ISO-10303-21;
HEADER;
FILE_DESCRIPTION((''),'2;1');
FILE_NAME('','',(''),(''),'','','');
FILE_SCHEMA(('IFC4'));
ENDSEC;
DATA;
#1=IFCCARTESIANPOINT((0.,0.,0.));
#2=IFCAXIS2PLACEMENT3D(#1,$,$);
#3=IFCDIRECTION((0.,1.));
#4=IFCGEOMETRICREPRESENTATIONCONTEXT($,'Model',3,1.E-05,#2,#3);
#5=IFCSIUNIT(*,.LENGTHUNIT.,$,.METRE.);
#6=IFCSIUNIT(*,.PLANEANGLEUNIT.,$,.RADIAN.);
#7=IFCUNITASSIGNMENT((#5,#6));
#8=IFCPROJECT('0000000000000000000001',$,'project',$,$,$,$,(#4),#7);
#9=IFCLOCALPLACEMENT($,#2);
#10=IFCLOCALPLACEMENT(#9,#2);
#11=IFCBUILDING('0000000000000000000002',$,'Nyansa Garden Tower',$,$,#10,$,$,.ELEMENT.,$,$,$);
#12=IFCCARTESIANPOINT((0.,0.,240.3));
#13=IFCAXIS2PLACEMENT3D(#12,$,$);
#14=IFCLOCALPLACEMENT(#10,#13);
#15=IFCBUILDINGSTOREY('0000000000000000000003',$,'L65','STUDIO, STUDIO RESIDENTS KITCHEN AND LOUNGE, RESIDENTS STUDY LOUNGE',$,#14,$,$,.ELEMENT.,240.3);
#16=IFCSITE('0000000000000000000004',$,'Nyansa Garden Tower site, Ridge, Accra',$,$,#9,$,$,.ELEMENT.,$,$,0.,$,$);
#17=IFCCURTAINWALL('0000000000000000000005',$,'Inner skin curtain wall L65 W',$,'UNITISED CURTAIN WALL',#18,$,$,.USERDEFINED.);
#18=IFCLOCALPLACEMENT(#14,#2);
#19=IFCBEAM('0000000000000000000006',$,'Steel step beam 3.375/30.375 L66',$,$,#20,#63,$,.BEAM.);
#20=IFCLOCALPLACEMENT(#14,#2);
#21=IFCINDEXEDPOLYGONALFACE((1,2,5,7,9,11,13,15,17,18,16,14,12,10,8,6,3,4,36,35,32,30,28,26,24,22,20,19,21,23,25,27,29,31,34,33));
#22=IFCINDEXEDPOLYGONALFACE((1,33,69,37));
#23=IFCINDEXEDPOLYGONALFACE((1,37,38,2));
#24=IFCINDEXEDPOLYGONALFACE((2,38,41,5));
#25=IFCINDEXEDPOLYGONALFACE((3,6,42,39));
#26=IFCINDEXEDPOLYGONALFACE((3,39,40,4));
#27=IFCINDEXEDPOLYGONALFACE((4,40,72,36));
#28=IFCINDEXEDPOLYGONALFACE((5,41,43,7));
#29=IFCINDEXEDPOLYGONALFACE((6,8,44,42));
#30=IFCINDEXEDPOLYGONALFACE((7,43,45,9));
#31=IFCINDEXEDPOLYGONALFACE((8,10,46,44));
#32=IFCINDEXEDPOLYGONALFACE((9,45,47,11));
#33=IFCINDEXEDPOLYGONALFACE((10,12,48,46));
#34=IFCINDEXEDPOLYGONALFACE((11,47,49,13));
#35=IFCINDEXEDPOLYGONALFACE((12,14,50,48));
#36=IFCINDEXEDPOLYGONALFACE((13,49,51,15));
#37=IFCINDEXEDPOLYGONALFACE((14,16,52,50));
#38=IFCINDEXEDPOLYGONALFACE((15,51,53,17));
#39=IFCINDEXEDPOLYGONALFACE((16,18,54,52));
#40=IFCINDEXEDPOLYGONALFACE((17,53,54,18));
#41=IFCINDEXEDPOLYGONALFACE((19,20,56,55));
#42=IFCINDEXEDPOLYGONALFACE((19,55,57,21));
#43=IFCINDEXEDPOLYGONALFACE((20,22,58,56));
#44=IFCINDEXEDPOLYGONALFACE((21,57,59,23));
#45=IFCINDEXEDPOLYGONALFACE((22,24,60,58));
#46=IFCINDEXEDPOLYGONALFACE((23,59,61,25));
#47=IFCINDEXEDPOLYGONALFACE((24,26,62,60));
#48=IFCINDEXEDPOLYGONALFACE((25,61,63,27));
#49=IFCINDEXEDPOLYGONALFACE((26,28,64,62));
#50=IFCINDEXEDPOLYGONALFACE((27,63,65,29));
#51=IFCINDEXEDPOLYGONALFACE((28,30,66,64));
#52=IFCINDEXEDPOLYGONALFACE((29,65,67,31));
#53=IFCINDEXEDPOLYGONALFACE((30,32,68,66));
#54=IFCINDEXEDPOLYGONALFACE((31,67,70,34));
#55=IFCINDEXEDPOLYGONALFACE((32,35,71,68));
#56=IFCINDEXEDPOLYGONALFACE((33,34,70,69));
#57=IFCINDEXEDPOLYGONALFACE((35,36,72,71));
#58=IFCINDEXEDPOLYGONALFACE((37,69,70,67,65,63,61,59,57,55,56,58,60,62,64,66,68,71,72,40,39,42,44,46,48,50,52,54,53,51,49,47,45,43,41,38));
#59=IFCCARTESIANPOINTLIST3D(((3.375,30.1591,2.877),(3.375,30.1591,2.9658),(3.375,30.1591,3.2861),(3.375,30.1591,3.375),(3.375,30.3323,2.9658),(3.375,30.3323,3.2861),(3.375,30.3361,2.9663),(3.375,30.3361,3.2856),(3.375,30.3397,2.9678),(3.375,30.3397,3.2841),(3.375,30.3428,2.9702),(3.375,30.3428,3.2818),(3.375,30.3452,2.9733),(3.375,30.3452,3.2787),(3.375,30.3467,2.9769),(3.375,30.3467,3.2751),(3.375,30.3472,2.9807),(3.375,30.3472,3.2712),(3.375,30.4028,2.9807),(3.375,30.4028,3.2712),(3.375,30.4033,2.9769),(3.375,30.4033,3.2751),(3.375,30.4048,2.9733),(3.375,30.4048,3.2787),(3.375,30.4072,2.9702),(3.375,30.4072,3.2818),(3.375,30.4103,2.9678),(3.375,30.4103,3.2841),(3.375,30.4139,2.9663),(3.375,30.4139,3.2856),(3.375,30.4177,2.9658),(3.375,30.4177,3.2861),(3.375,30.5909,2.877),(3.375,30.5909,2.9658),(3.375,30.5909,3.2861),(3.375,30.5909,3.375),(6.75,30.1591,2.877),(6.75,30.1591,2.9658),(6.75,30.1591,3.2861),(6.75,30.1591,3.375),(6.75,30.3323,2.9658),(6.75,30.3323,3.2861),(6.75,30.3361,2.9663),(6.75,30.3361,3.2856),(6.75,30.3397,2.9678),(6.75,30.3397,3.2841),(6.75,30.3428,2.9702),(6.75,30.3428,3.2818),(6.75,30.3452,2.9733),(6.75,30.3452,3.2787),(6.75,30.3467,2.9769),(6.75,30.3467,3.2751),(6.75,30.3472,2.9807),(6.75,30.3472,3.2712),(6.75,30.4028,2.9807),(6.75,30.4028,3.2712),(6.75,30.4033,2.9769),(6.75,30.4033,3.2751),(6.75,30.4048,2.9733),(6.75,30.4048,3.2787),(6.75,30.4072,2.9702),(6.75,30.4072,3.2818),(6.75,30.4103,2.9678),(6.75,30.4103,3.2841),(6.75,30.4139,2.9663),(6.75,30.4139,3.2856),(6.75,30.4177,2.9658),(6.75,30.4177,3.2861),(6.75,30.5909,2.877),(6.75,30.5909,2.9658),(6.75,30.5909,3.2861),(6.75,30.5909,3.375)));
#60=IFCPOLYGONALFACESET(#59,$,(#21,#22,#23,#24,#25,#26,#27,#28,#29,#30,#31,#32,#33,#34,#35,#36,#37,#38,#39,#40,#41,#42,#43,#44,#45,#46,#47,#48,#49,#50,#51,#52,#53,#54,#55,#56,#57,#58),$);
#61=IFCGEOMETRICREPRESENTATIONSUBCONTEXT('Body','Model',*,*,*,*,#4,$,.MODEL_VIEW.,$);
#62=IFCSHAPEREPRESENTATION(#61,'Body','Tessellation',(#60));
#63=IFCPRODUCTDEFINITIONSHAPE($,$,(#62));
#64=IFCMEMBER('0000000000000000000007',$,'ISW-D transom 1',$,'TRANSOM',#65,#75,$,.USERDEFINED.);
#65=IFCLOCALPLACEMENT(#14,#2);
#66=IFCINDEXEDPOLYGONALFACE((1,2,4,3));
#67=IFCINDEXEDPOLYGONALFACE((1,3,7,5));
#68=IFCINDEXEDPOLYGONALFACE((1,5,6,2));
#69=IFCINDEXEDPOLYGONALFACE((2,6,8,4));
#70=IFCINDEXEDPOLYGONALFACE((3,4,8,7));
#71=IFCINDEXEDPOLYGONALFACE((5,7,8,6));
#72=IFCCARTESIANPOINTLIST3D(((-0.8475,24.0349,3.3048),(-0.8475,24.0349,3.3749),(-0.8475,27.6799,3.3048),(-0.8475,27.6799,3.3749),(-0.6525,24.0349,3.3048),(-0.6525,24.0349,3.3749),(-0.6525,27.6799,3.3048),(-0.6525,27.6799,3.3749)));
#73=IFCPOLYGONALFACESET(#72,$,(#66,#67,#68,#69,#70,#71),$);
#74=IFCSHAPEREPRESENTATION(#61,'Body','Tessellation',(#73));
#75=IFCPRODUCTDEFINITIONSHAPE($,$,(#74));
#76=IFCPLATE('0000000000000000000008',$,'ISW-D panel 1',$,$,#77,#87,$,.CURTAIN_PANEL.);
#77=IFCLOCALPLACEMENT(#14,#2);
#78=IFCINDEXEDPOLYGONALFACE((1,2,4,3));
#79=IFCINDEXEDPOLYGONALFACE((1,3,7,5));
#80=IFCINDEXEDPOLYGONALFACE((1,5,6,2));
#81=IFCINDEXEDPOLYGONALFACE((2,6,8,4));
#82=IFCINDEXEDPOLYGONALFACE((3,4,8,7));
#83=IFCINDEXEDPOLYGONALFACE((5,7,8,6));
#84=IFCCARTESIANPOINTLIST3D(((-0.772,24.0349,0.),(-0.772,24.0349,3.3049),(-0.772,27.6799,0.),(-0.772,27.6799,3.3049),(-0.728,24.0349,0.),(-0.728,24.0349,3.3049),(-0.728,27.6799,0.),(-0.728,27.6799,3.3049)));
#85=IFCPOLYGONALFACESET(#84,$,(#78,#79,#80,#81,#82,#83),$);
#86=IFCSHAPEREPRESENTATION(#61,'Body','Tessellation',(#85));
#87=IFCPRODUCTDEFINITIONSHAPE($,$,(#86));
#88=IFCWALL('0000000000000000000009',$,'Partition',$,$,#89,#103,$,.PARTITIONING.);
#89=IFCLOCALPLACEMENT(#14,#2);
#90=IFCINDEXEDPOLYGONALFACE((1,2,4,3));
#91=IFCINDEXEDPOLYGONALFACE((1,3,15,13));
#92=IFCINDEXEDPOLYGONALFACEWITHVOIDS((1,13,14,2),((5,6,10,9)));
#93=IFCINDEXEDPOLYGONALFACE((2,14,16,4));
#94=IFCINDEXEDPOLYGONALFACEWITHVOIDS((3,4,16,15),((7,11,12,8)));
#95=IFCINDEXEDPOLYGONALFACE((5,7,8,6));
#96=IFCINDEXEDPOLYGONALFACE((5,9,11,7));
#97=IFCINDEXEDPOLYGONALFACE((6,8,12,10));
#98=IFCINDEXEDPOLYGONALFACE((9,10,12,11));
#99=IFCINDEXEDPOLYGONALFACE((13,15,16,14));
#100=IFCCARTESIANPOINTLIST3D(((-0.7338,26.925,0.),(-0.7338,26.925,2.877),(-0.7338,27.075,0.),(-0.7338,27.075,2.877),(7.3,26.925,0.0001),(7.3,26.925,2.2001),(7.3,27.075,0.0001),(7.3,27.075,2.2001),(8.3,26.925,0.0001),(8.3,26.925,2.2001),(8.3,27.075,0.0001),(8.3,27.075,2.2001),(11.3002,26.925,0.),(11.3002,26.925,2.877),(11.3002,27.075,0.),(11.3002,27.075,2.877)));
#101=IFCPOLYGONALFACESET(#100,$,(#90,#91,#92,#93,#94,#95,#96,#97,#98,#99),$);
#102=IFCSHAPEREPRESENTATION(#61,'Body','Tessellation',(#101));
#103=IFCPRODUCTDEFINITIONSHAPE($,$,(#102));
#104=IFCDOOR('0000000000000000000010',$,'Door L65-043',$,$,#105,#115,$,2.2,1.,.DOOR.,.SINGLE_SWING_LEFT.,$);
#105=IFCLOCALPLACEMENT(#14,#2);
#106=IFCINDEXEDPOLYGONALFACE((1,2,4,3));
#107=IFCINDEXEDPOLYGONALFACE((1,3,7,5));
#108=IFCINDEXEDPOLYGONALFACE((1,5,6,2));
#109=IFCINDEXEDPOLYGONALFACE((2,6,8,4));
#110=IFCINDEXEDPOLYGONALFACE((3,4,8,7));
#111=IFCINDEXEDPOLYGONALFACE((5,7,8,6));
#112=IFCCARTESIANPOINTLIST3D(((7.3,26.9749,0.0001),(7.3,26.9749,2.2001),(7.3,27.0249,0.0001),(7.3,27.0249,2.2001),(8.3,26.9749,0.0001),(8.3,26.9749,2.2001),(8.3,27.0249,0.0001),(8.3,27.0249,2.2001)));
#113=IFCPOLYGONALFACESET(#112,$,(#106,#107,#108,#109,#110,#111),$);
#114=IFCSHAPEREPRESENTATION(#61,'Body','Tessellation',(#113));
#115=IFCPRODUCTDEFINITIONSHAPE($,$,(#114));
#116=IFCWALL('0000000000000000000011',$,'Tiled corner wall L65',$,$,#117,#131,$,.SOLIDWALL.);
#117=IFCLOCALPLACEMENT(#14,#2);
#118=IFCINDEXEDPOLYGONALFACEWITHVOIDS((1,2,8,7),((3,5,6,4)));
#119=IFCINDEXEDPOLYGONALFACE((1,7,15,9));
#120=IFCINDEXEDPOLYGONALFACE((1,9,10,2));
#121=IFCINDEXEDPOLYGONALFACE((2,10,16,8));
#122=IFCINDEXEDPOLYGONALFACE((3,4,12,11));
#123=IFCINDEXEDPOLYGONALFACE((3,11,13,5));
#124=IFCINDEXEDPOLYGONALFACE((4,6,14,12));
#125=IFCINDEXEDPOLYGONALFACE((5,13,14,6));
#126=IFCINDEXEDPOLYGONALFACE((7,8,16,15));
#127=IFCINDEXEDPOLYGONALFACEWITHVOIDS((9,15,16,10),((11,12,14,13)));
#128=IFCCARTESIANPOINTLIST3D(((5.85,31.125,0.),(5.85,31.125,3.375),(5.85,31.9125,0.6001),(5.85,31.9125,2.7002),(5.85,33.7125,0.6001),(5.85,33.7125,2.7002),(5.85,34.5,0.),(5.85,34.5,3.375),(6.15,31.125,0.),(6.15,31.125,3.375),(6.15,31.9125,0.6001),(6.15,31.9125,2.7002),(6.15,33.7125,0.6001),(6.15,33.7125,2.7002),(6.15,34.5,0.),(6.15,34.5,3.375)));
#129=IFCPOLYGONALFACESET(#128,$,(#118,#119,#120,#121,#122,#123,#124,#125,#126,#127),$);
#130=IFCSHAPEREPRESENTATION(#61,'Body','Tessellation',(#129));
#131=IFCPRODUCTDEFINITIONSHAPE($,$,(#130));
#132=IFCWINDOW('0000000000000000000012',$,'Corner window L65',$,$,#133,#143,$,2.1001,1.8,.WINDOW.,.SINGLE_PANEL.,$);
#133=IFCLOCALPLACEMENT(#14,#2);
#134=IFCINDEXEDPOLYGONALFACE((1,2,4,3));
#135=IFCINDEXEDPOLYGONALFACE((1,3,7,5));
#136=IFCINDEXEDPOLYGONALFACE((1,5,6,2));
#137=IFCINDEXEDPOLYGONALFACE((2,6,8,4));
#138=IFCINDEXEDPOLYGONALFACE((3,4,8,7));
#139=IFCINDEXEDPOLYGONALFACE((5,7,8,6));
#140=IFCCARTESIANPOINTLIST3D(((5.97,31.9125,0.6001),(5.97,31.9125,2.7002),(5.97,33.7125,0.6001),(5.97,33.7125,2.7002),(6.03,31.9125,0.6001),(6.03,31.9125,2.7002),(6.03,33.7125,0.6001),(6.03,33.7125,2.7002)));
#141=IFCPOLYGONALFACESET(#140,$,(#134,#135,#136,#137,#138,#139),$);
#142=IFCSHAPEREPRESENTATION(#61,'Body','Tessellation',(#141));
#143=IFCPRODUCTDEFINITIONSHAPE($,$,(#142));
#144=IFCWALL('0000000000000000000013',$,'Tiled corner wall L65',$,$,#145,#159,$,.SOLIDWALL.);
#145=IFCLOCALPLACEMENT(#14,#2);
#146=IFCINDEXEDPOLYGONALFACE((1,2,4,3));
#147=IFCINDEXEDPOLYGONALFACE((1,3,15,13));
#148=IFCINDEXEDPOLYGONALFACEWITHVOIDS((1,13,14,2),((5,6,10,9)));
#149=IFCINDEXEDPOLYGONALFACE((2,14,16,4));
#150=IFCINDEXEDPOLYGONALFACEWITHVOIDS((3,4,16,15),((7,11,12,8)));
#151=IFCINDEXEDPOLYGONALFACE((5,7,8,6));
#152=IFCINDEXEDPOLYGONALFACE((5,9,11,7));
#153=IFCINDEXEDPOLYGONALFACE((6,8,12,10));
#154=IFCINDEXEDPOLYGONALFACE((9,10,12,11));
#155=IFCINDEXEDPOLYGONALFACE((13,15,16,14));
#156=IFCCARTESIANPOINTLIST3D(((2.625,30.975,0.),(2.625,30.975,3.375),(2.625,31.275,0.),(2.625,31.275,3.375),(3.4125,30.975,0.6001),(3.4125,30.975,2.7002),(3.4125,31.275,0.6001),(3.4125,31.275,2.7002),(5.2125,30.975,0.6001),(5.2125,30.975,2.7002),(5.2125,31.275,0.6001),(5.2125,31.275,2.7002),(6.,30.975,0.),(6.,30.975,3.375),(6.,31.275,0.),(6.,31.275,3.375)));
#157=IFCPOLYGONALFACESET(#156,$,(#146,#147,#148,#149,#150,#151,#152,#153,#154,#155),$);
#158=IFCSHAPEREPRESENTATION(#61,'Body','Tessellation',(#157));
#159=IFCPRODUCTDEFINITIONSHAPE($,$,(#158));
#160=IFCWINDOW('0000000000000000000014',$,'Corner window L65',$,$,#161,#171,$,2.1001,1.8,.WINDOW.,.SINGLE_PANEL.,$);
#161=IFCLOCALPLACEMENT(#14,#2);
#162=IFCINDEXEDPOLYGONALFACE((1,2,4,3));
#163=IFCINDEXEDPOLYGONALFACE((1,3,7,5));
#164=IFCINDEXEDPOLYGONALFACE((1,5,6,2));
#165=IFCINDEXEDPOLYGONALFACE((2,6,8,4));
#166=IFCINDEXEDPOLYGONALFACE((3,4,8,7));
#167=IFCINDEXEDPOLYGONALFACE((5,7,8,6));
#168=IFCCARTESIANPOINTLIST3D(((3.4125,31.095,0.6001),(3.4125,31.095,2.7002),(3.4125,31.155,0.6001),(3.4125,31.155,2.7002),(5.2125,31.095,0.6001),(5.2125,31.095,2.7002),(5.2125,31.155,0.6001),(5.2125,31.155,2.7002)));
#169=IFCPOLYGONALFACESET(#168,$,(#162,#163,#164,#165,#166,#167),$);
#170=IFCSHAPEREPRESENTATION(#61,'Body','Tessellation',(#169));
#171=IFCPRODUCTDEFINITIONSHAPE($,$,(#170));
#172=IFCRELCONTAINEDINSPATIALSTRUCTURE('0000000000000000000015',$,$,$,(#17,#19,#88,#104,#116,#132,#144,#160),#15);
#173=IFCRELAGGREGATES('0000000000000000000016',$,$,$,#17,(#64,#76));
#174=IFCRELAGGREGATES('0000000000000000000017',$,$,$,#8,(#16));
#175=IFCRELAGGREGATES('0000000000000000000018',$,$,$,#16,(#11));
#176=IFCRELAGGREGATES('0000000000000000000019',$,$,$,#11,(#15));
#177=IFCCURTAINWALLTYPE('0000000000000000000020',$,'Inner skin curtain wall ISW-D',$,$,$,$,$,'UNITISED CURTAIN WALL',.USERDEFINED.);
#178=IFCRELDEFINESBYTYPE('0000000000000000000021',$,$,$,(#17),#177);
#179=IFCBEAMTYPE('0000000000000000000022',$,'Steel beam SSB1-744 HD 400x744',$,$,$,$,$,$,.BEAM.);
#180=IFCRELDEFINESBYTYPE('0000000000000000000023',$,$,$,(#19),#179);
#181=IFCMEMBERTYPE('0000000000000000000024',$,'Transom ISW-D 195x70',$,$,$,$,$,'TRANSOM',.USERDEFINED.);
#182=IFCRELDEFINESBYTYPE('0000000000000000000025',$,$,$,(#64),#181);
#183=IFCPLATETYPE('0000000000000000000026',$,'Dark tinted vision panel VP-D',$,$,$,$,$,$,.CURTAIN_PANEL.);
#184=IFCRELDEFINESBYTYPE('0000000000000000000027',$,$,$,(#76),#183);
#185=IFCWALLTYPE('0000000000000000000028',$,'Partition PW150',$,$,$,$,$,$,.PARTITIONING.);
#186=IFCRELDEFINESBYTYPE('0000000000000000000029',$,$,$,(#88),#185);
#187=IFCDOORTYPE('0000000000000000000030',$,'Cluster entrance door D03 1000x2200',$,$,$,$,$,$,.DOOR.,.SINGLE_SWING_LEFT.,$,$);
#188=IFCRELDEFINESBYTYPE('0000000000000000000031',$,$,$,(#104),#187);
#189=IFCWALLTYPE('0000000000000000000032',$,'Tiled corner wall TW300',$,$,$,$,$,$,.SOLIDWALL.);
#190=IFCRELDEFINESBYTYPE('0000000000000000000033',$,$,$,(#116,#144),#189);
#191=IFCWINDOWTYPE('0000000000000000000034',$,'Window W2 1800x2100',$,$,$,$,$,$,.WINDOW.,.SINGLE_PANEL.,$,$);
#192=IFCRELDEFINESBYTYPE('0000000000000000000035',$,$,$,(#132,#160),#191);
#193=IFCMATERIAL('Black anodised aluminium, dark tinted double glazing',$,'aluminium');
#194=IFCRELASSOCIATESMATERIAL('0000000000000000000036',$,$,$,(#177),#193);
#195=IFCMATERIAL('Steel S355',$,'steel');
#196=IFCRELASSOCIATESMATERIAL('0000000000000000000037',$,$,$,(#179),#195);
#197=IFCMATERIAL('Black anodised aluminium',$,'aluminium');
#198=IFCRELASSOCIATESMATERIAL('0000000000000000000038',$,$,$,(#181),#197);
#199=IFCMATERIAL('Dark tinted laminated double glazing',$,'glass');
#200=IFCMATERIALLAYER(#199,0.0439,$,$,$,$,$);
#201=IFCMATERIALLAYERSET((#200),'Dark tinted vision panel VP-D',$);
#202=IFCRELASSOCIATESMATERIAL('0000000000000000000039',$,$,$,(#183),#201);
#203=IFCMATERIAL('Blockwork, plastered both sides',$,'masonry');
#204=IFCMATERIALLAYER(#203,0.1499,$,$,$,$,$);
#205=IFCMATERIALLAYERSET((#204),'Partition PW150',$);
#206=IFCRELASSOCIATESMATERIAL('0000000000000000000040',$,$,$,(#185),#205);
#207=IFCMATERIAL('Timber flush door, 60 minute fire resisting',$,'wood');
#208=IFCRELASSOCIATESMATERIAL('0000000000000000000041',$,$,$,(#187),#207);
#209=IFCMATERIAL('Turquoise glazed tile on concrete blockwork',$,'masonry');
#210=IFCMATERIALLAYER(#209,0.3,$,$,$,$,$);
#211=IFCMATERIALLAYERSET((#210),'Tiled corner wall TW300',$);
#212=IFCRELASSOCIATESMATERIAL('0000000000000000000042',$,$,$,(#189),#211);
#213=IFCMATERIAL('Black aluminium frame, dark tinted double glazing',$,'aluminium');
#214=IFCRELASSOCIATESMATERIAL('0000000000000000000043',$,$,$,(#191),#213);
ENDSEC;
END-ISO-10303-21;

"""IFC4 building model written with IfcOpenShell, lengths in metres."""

from ifc_helpers import new_model, si_unit, direction, frame, frame_2d, origin, origin_2d, place, context, subcontext, project, spatial, rectangle, i_section, extrude, material, layer, layer_set, material_profile, profile_set, type_object, element, fill, aggregate, save


model = new_model("IFC4")

# Units and contexts
model_context = context("Model", 3, precision=1e-05, world=origin(), true_north=direction((0.0, 1.0)))
body_context = subcontext(model_context, "Body", "Model", "MODEL_VIEW")
ifc_project = project(units=[si_unit("LENGTHUNIT", "METRE"), si_unit("PLANEANGLEUNIT", "RADIAN")], contexts=[model_context])

# Site, building, storey
site_placement = place(None, origin())
site = spatial("IfcSite", under=ifc_project, at=site_placement, Name="Nyansa Garden Tower site, Ridge, Accra", CompositionType="ELEMENT", RefElevation=0.0)
building_placement = place(site_placement, origin())
building = spatial("IfcBuilding", under=site, at=building_placement, Name="Nyansa Garden Tower", CompositionType="ELEMENT")
storey_placement = place(building_placement, frame((0.0, 0.0, 240.3)))
storey = spatial("IfcBuildingStorey", under=building, at=storey_placement, Name="L65", Description="STUDIO, STUDIO RESIDENTS KITCHEN AND LOUNGE, RESIDENTS STUDY LOUNGE", CompositionType="ELEMENT", Elevation=240.3)

# Curtain wall
ifc_material_1 = material(Name="Black anodised aluminium, dark tinted double glazing", Category="aluminium")
curtain_wall_type = type_object("IfcCurtainWallType", Name="Inner skin curtain wall ISW-D", ElementType="UNITISED CURTAIN WALL", PredefinedType="USERDEFINED", material=ifc_material_1)
curtain_wall_1_placement = place(storey_placement, origin())
curtain_wall_1 = element("IfcCurtainWall", 1, at=curtain_wall_1_placement, inside=storey, type_object=curtain_wall_type, Name="Inner skin curtain wall L65 W", ObjectType="UNITISED CURTAIN WALL", PredefinedType="USERDEFINED")

# Beam
ifc_material_2 = material(Name="Steel S355", Category="steel")
ifc_material_profile_1 = material_profile(ifc_material_2, i_section(OverallWidth=0.4319, OverallDepth=0.498, WebThickness=0.0557, FlangeThickness=0.0889, FilletRadius=0.0149, at=origin_2d()), Name="HD 400x744")
ifc_profile_set_1 = profile_set([ifc_material_profile_1], Name="Steel S355")
beam_type_1 = type_object("IfcBeamType", Name="Steel beam SSB1-744 HD 400x744", PredefinedType="BEAM", material=ifc_profile_set_1)
for number, where, z_axis, x_axis, name in (
    (2, (3.375, 30.375, 3.126), (1.0, 0.0, 0.0), (0.0, 1.0, 0.0), "Steel step beam 3.375/30.375 L66"),
):
    element("IfcBeam", number, at=place(storey_placement, frame(where, z_axis=z_axis, x_axis=x_axis)), inside=storey, type_object=beam_type_1, Name=name, PredefinedType="BEAM", context=body_context, shape_type="SweptSolid", body=[
        extrude(i_section(OverallWidth=0.4319, OverallDepth=0.498, WebThickness=0.0557, FlangeThickness=0.0889, FilletRadius=0.0149, at=origin_2d()), origin(), (0.0, 0.0, 1.0), 3.375),
    ])

# Member
ifc_material_3 = material(Name="Black anodised aluminium", Category="aluminium")
ifc_material_profile_2 = material_profile(ifc_material_3, rectangle(XDim=0.1951, YDim=0.0701, at=origin_2d()), Name="Transom 195x70")
ifc_profile_set_2 = profile_set([ifc_material_profile_2], Name="Black anodised aluminium")
member_type_1 = type_object("IfcMemberType", Name="Transom ISW-D 195x70", ElementType="TRANSOM", PredefinedType="USERDEFINED", material=ifc_profile_set_2)
member_1_placement = place(storey_placement, frame((-0.75, 27.6799, 3.3398), z_axis=(0.0, -1.0, 0.0), x_axis=(1.0, 0.0, 0.0)))
member_1 = element("IfcMember", 3, at=member_1_placement, type_object=member_type_1, Name="ISW-D transom 1", ObjectType="TRANSOM", PredefinedType="USERDEFINED", context=body_context, shape_type="SweptSolid", body=[
    extrude(rectangle(XDim=0.1951, YDim=0.0701, at=origin_2d()), origin(), (0.0, 0.0, 1.0), 3.645),
])

# Plate
ifc_material_4 = material(Name="Dark tinted laminated double glazing", Category="glass")
ifc_layer_1 = layer(ifc_material_4, 0.0439)
ifc_layer_set_1 = layer_set([ifc_layer_1], Name="Dark tinted vision panel VP-D")
plate_type = type_object("IfcPlateType", Name="Dark tinted vision panel VP-D", PredefinedType="CURTAIN_PANEL", material=ifc_layer_set_1)
plate_placement = place(storey_placement, frame((-0.75, 25.8574, 0.0), z_axis=(0.0, 0.0, 1.0), x_axis=(0.0, -1.0, 0.0)))
plate = element("IfcPlate", 4, at=plate_placement, type_object=plate_type, Name="ISW-D panel 1", PredefinedType="CURTAIN_PANEL", context=body_context, shape_type="SweptSolid", body=[
    extrude(rectangle(XDim=3.645, YDim=0.0439, at=origin_2d()), origin(), (0.0, 0.0, 1.0), 3.3049),
])
aggregate(curtain_wall_1, [member_1, plate])

# Wall, opening, door
ifc_material_5 = material(Name="Blockwork, plastered both sides", Category="masonry")
ifc_layer_2 = layer(ifc_material_5, 0.1499)
ifc_layer_set_2 = layer_set([ifc_layer_2], Name="Partition PW150")
wall_type_1 = type_object("IfcWallType", Name="Partition PW150", PredefinedType="PARTITIONING", material=ifc_layer_set_2)
wall_1_placement = place(storey_placement, frame((-0.7339, 27.0, 0.0), z_axis=(0.0, 0.0, 1.0), x_axis=(1.0, 0.0, 0.0)))
wall_1 = element("IfcWall", 5, at=wall_1_placement, inside=storey, type_object=wall_type_1, Name="Partition", PredefinedType="PARTITIONING", context=body_context, shape_type="SweptSolid", body=[
    extrude(rectangle(XDim=12.0339, YDim=0.1499, at=frame_2d((6.0171, 0.0))), origin(), (0.0, 0.0, 1.0), 2.877),
])
opening_1_placement = place(wall_1_placement, frame((8.0339, 0.0, 0.0)))
opening_1 = element("IfcOpeningElement", 6, at=opening_1_placement, cuts=wall_1, PredefinedType="OPENING", context=body_context, shape_type="SweptSolid", body=[
    extrude(rectangle(XDim=1.0, YDim=2.2, at=frame_2d((0.5, 1.1001))), frame((0.0, 0.085, 0.0), z_axis=(0.0, -1.0, 0.0), x_axis=(1.0, 0.0, 0.0)), (0.0, 0.0, 1.0), 0.1699),
])
ifc_material_6 = material(Name="Timber flush door, 60 minute fire resisting", Category="wood")
door_type_1 = type_object("IfcDoorType", Name="Cluster entrance door D03 1000x2200", OperationType="SINGLE_SWING_LEFT", PredefinedType="DOOR", material=ifc_material_6)
door_1_placement = place(opening_1_placement, origin())
door_1 = element("IfcDoor", 7, at=door_1_placement, inside=storey, type_object=door_type_1, Name="Door L65-043", OperationType="SINGLE_SWING_LEFT", OverallHeight=2.2, OverallWidth=1.0, PredefinedType="DOOR", context=body_context, shape_type="SweptSolid", body=[
    extrude(rectangle(XDim=1.0, YDim=2.2, at=frame_2d((0.5, 1.1001))), frame((0.0, 0.0249, 0.0), z_axis=(0.0, -1.0, 0.0), x_axis=(1.0, 0.0, 0.0)), (0.0, 0.0, 1.0), 0.05),
])
fill(opening_1, door_1)

# Walls, openings, windows
ifc_material_7 = material(Name="Turquoise glazed tile on concrete blockwork", Category="masonry")
ifc_layer_3 = layer(ifc_material_7, 0.3)
ifc_layer_set_3 = layer_set([ifc_layer_3], Name="Tiled corner wall TW300")
wall_type_2 = type_object("IfcWallType", Name="Tiled corner wall TW300", PredefinedType="SOLIDWALL", material=ifc_layer_set_3)
wall_2_placement = place(storey_placement, frame((6.0, 34.5, 0.0), z_axis=(0.0, 0.0, 1.0), x_axis=(0.0, -1.0, 0.0)))
wall_2 = element("IfcWall", 8, at=wall_2_placement, inside=storey, type_object=wall_type_2, Name="Tiled corner wall L65", PredefinedType="SOLIDWALL", context=body_context, shape_type="SweptSolid", body=[
    extrude(rectangle(XDim=3.375, YDim=0.3, at=frame_2d((1.6875, 0.0))), origin(), (0.0, 0.0, 1.0), 3.375),
])
opening_2_placement = place(wall_2_placement, frame((0.7876, 0.0, 0.6001)))
opening_2 = element("IfcOpeningElement", 9, at=opening_2_placement, cuts=wall_2, PredefinedType="OPENING", context=body_context, shape_type="SweptSolid", body=[
    extrude(rectangle(XDim=1.8, YDim=2.1001, at=frame_2d((0.8999, 1.05))), frame((0.0, 0.1599, 0.0), z_axis=(0.0, -1.0, 0.0), x_axis=(1.0, 0.0, 0.0)), (0.0, 0.0, 1.0), 0.3201),
])
ifc_material_8 = material(Name="Black aluminium frame, dark tinted double glazing", Category="aluminium")
window_type = type_object("IfcWindowType", Name="Window W2 1800x2100", PartitioningType="SINGLE_PANEL", PredefinedType="WINDOW", material=ifc_material_8)
window_1_placement = place(opening_2_placement, origin())
window_1 = element("IfcWindow", 10, at=window_1_placement, inside=storey, type_object=window_type, Name="Corner window L65", OverallHeight=2.1001, OverallWidth=1.8, PartitioningType="SINGLE_PANEL", PredefinedType="WINDOW", context=body_context, shape_type="SweptSolid", body=[
    extrude(rectangle(XDim=1.8, YDim=2.1001, at=frame_2d((0.8999, 1.05))), frame((0.0, 0.03, 0.0), z_axis=(0.0, -1.0, 0.0), x_axis=(1.0, 0.0, 0.0)), (0.0, 0.0, 1.0), 0.0601),
])
fill(opening_2, window_1)
wall_3_placement = place(storey_placement, frame((6.0, 31.125, 0.0), z_axis=(0.0, 0.0, 1.0), x_axis=(-1.0, 0.0, 0.0)))
wall_3 = element("IfcWall", 11, at=wall_3_placement, inside=storey, type_object=wall_type_2, Name="Tiled corner wall L65", PredefinedType="SOLIDWALL", context=body_context, shape_type="SweptSolid", body=[
    extrude(rectangle(XDim=3.375, YDim=0.3, at=frame_2d((1.6875, 0.0))), origin(), (0.0, 0.0, 1.0), 3.375),
])
opening_3_placement = place(wall_3_placement, frame((0.7876, 0.0, 0.6001)))
opening_3 = element("IfcOpeningElement", 12, at=opening_3_placement, cuts=wall_3, PredefinedType="OPENING", context=body_context, shape_type="SweptSolid", body=[
    extrude(rectangle(XDim=1.8, YDim=2.1001, at=frame_2d((0.8999, 1.05))), frame((0.0, 0.1599, 0.0), z_axis=(0.0, -1.0, 0.0), x_axis=(1.0, 0.0, 0.0)), (0.0, 0.0, 1.0), 0.3201),
])
window_2_placement = place(opening_3_placement, origin())
window_2 = element("IfcWindow", 13, at=window_2_placement, inside=storey, type_object=window_type, Name="Corner window L65", OverallHeight=2.1001, OverallWidth=1.8, PartitioningType="SINGLE_PANEL", PredefinedType="WINDOW", context=body_context, shape_type="SweptSolid", body=[
    extrude(rectangle(XDim=1.8, YDim=2.1001, at=frame_2d((0.8999, 1.05))), frame((0.0, 0.03, 0.0), z_axis=(0.0, -1.0, 0.0), x_axis=(1.0, 0.0, 0.0)), (0.0, 0.0, 1.0), 0.0601),
])
fill(opening_3, window_2)

save(model, "model.ifc")
